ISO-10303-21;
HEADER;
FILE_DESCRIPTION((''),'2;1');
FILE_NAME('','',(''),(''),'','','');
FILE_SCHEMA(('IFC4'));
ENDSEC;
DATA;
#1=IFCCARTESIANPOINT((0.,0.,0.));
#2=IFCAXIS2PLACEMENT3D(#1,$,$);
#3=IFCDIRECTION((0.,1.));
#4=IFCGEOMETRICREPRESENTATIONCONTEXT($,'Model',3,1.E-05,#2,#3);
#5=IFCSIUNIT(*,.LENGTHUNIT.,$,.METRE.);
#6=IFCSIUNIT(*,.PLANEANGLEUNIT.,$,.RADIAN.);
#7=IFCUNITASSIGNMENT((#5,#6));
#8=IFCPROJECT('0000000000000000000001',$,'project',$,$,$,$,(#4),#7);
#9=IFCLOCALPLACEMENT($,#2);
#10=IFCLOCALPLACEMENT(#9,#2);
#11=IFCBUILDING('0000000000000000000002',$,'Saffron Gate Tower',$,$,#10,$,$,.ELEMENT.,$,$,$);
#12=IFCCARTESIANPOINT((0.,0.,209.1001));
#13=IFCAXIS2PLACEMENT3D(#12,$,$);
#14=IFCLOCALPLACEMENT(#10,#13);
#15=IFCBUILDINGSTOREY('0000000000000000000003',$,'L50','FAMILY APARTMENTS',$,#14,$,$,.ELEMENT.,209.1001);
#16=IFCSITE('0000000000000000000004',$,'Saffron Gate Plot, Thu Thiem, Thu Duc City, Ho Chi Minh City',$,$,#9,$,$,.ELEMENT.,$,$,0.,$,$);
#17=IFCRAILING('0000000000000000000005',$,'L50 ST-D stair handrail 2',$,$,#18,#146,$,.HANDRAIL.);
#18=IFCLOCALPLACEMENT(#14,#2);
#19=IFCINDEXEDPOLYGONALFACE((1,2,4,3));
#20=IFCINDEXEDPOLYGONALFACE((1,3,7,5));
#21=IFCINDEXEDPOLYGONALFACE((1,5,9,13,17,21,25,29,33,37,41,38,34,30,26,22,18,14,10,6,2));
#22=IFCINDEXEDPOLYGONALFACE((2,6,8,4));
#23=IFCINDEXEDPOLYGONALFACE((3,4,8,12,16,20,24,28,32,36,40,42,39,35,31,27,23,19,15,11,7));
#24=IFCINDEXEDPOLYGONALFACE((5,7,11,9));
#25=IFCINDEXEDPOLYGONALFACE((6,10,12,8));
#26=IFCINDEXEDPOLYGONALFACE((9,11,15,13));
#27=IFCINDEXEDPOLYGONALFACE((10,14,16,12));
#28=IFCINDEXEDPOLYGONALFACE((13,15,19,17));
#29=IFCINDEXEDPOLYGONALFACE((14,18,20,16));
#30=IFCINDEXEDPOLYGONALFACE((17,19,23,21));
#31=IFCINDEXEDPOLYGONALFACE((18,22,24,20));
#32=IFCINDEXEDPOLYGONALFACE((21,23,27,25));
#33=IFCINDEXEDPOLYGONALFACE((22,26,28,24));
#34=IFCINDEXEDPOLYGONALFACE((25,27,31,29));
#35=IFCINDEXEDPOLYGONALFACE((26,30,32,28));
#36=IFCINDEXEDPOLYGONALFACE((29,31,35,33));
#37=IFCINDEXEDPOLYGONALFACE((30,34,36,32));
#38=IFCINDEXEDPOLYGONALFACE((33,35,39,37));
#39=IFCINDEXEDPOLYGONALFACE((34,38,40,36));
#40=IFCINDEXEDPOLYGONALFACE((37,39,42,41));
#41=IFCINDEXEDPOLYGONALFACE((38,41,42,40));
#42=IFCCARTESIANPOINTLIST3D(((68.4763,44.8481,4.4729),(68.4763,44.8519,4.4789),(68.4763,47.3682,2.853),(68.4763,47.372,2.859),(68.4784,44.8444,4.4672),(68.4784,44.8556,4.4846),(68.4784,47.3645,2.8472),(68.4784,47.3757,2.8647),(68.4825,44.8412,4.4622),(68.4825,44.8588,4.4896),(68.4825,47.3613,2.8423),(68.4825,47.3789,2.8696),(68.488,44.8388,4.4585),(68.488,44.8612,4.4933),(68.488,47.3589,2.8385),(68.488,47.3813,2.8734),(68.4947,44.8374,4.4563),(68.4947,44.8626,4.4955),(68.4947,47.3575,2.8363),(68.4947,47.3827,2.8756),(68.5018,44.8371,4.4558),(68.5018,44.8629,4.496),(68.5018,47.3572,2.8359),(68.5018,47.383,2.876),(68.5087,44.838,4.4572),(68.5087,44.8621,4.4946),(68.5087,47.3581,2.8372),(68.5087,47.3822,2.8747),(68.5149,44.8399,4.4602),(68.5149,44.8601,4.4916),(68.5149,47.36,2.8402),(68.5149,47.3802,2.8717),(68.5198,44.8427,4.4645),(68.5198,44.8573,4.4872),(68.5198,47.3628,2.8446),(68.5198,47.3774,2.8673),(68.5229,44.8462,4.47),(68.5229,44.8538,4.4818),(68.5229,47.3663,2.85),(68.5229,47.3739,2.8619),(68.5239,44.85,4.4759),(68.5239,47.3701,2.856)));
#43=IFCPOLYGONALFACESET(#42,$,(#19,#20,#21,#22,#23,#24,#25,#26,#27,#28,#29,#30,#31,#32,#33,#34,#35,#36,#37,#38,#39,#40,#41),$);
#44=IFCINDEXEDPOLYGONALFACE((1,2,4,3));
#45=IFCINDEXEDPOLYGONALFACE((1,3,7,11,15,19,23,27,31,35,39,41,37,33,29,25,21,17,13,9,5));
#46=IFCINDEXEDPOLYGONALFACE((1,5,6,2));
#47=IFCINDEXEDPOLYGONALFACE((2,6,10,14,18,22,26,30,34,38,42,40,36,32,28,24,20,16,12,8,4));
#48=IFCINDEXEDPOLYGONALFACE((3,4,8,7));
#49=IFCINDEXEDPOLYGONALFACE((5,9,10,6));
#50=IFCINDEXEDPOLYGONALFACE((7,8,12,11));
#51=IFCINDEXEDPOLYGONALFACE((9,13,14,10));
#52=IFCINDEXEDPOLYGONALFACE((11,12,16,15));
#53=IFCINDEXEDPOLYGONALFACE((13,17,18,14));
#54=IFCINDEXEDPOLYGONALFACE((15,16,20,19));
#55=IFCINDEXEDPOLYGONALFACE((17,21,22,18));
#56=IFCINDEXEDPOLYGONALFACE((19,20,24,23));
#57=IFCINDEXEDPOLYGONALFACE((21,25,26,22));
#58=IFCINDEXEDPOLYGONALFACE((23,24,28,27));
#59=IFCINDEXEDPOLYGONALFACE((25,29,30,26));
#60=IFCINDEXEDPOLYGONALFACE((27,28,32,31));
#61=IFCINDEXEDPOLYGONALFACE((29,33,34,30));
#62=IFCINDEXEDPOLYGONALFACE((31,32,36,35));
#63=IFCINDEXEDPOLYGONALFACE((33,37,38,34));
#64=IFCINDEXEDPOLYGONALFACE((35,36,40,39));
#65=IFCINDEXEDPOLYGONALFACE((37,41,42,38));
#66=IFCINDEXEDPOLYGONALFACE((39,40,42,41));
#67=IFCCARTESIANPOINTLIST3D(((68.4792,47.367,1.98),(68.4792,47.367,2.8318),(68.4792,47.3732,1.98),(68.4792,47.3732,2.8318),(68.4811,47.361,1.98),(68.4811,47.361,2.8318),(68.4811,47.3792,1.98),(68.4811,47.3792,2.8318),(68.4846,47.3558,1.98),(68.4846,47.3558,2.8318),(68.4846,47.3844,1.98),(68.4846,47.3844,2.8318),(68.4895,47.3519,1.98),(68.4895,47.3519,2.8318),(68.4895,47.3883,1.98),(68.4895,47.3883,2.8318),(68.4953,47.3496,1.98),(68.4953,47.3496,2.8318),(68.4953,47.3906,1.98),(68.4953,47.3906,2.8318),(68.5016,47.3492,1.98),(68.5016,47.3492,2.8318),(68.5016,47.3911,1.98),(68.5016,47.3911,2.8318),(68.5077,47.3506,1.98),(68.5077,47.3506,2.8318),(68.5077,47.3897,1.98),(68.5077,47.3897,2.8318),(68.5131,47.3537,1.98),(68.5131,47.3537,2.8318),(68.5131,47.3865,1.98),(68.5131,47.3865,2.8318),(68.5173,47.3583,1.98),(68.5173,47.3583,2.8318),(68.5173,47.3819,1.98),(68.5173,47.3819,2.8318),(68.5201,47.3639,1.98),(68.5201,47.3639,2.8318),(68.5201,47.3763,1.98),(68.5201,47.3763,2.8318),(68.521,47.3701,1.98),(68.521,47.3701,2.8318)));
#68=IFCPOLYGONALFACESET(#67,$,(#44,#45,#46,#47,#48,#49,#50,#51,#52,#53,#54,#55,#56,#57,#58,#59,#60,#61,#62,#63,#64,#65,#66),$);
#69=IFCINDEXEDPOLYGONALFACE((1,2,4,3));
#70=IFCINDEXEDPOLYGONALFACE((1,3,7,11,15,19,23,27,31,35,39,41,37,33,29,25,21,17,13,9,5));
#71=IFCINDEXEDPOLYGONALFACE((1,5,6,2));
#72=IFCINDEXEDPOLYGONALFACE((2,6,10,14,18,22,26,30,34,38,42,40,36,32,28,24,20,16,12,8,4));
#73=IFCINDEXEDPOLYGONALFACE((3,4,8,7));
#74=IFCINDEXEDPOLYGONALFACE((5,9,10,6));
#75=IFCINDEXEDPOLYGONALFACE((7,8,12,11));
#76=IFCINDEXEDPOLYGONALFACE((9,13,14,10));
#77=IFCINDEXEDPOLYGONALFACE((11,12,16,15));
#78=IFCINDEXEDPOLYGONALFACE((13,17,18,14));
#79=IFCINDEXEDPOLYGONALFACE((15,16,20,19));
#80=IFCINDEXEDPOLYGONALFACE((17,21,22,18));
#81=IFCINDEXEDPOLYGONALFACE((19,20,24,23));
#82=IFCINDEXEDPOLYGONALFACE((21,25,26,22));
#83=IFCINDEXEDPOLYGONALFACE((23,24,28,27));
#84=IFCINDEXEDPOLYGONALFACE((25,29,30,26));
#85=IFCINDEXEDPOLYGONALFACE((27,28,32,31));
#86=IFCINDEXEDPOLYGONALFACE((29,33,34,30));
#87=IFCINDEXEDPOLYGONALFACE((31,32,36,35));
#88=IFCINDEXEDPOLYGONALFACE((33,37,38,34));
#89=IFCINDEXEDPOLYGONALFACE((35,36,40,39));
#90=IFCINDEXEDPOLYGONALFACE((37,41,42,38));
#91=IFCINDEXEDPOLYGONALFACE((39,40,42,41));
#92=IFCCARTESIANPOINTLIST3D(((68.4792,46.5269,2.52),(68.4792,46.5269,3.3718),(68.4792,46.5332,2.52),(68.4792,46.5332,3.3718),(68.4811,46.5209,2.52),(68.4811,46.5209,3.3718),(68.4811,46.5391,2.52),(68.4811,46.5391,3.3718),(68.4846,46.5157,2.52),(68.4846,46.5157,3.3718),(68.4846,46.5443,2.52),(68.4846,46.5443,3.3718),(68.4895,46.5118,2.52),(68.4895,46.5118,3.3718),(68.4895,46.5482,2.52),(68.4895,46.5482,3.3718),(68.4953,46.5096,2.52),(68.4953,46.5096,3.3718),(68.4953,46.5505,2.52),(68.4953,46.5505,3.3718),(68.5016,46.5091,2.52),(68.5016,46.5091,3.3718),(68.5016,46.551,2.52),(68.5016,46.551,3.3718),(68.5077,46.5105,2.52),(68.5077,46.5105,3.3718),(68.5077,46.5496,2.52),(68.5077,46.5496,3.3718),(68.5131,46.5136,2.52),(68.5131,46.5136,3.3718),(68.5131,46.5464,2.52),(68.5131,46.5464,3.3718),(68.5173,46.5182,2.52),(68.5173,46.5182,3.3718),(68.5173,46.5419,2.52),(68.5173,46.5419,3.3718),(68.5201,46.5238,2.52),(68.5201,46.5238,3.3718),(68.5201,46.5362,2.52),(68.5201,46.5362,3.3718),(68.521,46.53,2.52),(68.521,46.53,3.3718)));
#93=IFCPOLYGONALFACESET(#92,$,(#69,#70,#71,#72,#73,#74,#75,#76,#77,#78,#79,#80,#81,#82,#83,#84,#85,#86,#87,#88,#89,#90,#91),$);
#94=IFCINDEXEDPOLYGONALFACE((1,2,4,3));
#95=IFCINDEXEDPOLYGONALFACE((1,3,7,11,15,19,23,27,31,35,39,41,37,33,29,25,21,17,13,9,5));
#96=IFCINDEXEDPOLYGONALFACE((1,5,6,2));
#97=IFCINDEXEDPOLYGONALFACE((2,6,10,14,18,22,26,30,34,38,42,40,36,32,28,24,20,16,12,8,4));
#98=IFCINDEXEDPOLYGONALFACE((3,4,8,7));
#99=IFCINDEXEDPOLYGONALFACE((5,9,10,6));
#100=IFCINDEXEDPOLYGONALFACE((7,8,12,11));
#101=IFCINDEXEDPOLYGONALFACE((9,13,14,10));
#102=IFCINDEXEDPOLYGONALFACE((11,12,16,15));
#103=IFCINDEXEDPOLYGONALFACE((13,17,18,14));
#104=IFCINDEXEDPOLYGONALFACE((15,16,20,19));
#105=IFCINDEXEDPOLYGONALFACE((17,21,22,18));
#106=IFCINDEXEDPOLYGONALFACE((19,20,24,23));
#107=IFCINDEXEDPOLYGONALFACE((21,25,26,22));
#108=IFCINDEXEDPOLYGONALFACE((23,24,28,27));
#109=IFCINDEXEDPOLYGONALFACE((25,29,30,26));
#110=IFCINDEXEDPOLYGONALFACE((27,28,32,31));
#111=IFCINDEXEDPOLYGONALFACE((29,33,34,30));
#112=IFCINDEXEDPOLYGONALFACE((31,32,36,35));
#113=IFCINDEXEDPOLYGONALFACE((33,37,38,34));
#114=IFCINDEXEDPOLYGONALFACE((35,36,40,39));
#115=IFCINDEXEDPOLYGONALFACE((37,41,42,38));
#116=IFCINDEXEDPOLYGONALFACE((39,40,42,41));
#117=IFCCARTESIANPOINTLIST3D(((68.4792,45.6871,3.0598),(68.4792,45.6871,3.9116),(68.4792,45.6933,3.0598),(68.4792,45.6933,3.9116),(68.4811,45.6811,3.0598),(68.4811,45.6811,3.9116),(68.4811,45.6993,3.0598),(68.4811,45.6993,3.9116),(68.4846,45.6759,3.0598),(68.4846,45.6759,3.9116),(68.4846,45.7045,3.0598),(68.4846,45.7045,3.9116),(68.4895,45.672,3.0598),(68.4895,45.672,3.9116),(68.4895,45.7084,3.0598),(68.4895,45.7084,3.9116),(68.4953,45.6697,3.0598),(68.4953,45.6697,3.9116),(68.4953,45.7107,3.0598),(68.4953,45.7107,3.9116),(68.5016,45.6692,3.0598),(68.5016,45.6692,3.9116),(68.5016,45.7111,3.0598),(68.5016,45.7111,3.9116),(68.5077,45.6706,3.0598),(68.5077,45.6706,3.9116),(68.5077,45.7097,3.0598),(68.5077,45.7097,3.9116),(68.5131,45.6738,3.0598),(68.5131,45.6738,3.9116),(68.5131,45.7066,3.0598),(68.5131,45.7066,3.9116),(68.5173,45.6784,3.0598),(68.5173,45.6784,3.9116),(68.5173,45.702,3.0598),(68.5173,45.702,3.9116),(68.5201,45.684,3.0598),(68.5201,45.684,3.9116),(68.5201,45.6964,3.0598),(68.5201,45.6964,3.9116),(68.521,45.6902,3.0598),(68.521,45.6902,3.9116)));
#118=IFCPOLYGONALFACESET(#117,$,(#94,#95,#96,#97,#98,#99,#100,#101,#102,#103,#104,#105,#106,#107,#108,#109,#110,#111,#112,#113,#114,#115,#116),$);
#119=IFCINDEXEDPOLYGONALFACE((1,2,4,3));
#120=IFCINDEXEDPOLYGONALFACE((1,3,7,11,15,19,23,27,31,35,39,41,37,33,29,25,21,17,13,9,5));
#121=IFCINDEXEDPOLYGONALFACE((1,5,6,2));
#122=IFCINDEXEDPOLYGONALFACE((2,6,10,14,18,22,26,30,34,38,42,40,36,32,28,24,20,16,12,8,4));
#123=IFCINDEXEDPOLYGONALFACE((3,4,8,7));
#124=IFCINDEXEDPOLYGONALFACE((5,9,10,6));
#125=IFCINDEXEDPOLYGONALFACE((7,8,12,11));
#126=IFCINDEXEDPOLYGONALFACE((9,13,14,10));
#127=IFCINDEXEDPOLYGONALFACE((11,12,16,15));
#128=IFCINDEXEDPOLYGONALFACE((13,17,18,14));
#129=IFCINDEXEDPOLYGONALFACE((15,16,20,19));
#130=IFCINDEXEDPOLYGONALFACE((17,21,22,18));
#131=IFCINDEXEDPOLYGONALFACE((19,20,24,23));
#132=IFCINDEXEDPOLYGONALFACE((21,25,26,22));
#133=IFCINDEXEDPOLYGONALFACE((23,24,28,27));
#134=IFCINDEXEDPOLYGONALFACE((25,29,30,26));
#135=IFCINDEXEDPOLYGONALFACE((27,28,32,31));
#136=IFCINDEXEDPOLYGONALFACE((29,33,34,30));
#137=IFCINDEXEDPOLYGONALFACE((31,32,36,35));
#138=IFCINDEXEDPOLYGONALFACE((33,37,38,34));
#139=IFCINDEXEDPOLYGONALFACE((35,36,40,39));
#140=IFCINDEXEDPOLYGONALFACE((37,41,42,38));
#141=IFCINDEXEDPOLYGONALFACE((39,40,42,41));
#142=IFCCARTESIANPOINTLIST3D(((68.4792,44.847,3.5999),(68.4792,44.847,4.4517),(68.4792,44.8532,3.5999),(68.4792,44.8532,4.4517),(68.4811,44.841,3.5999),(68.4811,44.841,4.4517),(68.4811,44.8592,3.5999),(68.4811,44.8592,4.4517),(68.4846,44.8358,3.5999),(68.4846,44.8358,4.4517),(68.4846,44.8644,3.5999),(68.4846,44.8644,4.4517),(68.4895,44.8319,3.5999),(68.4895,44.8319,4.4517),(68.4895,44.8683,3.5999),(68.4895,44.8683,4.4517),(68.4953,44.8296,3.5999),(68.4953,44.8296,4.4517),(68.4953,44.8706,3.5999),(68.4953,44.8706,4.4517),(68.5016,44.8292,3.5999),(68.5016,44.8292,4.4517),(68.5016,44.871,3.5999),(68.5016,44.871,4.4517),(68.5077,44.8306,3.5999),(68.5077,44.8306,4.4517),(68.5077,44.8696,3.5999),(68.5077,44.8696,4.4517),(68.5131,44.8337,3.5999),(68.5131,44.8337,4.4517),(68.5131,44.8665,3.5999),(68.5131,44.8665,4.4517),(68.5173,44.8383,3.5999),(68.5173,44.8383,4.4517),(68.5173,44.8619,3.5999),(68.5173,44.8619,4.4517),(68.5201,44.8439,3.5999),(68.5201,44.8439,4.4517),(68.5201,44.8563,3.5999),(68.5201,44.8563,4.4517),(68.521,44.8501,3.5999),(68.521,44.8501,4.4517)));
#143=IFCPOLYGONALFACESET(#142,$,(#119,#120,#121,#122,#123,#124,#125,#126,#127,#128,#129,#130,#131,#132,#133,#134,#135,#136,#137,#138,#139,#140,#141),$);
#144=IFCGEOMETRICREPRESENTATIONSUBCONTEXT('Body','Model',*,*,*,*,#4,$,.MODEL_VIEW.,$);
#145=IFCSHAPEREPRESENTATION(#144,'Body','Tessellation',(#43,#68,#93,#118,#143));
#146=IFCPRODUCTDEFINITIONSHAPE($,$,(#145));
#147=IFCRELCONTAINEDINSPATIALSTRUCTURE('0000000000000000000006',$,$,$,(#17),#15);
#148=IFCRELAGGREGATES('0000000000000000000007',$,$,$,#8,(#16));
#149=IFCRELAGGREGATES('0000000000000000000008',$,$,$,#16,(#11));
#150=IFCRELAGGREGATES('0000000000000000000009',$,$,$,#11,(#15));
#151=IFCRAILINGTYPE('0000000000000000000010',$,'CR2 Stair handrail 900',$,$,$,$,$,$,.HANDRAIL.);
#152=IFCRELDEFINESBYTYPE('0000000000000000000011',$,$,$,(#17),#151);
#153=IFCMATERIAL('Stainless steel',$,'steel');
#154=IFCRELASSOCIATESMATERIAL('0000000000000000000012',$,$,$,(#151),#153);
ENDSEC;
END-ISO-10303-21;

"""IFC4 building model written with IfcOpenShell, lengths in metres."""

from ifc_helpers import new_model, si_unit, direction, frame, origin, origin_2d, place, context, subcontext, project, spatial, circle, extrude, material, type_object, element, save


model = new_model("IFC4")

# Units and contexts
model_context = context("Model", 3, precision=1e-05, world=origin(), true_north=direction((0.0, 1.0)))
body_context = subcontext(model_context, "Body", "Model", "MODEL_VIEW")
ifc_project = project(units=[si_unit("LENGTHUNIT", "METRE"), si_unit("PLANEANGLEUNIT", "RADIAN")], contexts=[model_context])

# Site, building, storey
site_placement = place(None, origin())
site = spatial("IfcSite", under=ifc_project, at=site_placement, Name="Saffron Gate Plot, Thu Thiem, Thu Duc City, Ho Chi Minh City", CompositionType="ELEMENT", RefElevation=0.0)
building_placement = place(site_placement, origin())
building = spatial("IfcBuilding", under=site, at=building_placement, Name="Saffron Gate Tower", CompositionType="ELEMENT")
storey_placement = place(building_placement, frame((0.0, 0.0, 209.1001)))
storey = spatial("IfcBuildingStorey", under=building, at=storey_placement, Name="L50", Description="FAMILY APARTMENTS", CompositionType="ELEMENT", Elevation=209.1001)

# Railing
ifc_material_1 = material(Name="Stainless steel", Category="steel")
railing_type_1 = type_object("IfcRailingType", Name="CR2 Stair handrail 900", PredefinedType="HANDRAIL", material=ifc_material_1)
railing_1_placement = place(storey_placement, frame((68.5, 47.3701, 1.98)))
element("IfcRailing", 1, at=railing_1_placement, inside=storey, type_object=railing_type_1, Name="L50 ST-D stair handrail 2", PredefinedType="HANDRAIL", context=body_context, shape_type="SweptSolid", body=[
    extrude(circle(Radius=0.0239, at=origin_2d()), frame((0.0, 0.0, 0.876), z_axis=(0.0, -0.8412, 0.540725), x_axis=(1.0, 0.0, 0.0)), (0.0, 0.0, 1.0), 2.9958),
    extrude(circle(Radius=0.021, at=origin_2d()), origin(), (0.0, 0.0, 1.0), 0.8518),
    extrude(circle(Radius=0.021, at=origin_2d()), frame((0.0, -0.8401, 0.54)), (0.0, 0.0, 1.0), 0.8518),
    extrude(circle(Radius=0.021, at=origin_2d()), frame((0.0, -1.6799, 1.0798)), (0.0, 0.0, 1.0), 0.8518),
    extrude(circle(Radius=0.021, at=origin_2d()), frame((0.0, -2.52, 1.6199)), (0.0, 0.0, 1.0), 0.8518),
])

save(model, "model.ifc")
